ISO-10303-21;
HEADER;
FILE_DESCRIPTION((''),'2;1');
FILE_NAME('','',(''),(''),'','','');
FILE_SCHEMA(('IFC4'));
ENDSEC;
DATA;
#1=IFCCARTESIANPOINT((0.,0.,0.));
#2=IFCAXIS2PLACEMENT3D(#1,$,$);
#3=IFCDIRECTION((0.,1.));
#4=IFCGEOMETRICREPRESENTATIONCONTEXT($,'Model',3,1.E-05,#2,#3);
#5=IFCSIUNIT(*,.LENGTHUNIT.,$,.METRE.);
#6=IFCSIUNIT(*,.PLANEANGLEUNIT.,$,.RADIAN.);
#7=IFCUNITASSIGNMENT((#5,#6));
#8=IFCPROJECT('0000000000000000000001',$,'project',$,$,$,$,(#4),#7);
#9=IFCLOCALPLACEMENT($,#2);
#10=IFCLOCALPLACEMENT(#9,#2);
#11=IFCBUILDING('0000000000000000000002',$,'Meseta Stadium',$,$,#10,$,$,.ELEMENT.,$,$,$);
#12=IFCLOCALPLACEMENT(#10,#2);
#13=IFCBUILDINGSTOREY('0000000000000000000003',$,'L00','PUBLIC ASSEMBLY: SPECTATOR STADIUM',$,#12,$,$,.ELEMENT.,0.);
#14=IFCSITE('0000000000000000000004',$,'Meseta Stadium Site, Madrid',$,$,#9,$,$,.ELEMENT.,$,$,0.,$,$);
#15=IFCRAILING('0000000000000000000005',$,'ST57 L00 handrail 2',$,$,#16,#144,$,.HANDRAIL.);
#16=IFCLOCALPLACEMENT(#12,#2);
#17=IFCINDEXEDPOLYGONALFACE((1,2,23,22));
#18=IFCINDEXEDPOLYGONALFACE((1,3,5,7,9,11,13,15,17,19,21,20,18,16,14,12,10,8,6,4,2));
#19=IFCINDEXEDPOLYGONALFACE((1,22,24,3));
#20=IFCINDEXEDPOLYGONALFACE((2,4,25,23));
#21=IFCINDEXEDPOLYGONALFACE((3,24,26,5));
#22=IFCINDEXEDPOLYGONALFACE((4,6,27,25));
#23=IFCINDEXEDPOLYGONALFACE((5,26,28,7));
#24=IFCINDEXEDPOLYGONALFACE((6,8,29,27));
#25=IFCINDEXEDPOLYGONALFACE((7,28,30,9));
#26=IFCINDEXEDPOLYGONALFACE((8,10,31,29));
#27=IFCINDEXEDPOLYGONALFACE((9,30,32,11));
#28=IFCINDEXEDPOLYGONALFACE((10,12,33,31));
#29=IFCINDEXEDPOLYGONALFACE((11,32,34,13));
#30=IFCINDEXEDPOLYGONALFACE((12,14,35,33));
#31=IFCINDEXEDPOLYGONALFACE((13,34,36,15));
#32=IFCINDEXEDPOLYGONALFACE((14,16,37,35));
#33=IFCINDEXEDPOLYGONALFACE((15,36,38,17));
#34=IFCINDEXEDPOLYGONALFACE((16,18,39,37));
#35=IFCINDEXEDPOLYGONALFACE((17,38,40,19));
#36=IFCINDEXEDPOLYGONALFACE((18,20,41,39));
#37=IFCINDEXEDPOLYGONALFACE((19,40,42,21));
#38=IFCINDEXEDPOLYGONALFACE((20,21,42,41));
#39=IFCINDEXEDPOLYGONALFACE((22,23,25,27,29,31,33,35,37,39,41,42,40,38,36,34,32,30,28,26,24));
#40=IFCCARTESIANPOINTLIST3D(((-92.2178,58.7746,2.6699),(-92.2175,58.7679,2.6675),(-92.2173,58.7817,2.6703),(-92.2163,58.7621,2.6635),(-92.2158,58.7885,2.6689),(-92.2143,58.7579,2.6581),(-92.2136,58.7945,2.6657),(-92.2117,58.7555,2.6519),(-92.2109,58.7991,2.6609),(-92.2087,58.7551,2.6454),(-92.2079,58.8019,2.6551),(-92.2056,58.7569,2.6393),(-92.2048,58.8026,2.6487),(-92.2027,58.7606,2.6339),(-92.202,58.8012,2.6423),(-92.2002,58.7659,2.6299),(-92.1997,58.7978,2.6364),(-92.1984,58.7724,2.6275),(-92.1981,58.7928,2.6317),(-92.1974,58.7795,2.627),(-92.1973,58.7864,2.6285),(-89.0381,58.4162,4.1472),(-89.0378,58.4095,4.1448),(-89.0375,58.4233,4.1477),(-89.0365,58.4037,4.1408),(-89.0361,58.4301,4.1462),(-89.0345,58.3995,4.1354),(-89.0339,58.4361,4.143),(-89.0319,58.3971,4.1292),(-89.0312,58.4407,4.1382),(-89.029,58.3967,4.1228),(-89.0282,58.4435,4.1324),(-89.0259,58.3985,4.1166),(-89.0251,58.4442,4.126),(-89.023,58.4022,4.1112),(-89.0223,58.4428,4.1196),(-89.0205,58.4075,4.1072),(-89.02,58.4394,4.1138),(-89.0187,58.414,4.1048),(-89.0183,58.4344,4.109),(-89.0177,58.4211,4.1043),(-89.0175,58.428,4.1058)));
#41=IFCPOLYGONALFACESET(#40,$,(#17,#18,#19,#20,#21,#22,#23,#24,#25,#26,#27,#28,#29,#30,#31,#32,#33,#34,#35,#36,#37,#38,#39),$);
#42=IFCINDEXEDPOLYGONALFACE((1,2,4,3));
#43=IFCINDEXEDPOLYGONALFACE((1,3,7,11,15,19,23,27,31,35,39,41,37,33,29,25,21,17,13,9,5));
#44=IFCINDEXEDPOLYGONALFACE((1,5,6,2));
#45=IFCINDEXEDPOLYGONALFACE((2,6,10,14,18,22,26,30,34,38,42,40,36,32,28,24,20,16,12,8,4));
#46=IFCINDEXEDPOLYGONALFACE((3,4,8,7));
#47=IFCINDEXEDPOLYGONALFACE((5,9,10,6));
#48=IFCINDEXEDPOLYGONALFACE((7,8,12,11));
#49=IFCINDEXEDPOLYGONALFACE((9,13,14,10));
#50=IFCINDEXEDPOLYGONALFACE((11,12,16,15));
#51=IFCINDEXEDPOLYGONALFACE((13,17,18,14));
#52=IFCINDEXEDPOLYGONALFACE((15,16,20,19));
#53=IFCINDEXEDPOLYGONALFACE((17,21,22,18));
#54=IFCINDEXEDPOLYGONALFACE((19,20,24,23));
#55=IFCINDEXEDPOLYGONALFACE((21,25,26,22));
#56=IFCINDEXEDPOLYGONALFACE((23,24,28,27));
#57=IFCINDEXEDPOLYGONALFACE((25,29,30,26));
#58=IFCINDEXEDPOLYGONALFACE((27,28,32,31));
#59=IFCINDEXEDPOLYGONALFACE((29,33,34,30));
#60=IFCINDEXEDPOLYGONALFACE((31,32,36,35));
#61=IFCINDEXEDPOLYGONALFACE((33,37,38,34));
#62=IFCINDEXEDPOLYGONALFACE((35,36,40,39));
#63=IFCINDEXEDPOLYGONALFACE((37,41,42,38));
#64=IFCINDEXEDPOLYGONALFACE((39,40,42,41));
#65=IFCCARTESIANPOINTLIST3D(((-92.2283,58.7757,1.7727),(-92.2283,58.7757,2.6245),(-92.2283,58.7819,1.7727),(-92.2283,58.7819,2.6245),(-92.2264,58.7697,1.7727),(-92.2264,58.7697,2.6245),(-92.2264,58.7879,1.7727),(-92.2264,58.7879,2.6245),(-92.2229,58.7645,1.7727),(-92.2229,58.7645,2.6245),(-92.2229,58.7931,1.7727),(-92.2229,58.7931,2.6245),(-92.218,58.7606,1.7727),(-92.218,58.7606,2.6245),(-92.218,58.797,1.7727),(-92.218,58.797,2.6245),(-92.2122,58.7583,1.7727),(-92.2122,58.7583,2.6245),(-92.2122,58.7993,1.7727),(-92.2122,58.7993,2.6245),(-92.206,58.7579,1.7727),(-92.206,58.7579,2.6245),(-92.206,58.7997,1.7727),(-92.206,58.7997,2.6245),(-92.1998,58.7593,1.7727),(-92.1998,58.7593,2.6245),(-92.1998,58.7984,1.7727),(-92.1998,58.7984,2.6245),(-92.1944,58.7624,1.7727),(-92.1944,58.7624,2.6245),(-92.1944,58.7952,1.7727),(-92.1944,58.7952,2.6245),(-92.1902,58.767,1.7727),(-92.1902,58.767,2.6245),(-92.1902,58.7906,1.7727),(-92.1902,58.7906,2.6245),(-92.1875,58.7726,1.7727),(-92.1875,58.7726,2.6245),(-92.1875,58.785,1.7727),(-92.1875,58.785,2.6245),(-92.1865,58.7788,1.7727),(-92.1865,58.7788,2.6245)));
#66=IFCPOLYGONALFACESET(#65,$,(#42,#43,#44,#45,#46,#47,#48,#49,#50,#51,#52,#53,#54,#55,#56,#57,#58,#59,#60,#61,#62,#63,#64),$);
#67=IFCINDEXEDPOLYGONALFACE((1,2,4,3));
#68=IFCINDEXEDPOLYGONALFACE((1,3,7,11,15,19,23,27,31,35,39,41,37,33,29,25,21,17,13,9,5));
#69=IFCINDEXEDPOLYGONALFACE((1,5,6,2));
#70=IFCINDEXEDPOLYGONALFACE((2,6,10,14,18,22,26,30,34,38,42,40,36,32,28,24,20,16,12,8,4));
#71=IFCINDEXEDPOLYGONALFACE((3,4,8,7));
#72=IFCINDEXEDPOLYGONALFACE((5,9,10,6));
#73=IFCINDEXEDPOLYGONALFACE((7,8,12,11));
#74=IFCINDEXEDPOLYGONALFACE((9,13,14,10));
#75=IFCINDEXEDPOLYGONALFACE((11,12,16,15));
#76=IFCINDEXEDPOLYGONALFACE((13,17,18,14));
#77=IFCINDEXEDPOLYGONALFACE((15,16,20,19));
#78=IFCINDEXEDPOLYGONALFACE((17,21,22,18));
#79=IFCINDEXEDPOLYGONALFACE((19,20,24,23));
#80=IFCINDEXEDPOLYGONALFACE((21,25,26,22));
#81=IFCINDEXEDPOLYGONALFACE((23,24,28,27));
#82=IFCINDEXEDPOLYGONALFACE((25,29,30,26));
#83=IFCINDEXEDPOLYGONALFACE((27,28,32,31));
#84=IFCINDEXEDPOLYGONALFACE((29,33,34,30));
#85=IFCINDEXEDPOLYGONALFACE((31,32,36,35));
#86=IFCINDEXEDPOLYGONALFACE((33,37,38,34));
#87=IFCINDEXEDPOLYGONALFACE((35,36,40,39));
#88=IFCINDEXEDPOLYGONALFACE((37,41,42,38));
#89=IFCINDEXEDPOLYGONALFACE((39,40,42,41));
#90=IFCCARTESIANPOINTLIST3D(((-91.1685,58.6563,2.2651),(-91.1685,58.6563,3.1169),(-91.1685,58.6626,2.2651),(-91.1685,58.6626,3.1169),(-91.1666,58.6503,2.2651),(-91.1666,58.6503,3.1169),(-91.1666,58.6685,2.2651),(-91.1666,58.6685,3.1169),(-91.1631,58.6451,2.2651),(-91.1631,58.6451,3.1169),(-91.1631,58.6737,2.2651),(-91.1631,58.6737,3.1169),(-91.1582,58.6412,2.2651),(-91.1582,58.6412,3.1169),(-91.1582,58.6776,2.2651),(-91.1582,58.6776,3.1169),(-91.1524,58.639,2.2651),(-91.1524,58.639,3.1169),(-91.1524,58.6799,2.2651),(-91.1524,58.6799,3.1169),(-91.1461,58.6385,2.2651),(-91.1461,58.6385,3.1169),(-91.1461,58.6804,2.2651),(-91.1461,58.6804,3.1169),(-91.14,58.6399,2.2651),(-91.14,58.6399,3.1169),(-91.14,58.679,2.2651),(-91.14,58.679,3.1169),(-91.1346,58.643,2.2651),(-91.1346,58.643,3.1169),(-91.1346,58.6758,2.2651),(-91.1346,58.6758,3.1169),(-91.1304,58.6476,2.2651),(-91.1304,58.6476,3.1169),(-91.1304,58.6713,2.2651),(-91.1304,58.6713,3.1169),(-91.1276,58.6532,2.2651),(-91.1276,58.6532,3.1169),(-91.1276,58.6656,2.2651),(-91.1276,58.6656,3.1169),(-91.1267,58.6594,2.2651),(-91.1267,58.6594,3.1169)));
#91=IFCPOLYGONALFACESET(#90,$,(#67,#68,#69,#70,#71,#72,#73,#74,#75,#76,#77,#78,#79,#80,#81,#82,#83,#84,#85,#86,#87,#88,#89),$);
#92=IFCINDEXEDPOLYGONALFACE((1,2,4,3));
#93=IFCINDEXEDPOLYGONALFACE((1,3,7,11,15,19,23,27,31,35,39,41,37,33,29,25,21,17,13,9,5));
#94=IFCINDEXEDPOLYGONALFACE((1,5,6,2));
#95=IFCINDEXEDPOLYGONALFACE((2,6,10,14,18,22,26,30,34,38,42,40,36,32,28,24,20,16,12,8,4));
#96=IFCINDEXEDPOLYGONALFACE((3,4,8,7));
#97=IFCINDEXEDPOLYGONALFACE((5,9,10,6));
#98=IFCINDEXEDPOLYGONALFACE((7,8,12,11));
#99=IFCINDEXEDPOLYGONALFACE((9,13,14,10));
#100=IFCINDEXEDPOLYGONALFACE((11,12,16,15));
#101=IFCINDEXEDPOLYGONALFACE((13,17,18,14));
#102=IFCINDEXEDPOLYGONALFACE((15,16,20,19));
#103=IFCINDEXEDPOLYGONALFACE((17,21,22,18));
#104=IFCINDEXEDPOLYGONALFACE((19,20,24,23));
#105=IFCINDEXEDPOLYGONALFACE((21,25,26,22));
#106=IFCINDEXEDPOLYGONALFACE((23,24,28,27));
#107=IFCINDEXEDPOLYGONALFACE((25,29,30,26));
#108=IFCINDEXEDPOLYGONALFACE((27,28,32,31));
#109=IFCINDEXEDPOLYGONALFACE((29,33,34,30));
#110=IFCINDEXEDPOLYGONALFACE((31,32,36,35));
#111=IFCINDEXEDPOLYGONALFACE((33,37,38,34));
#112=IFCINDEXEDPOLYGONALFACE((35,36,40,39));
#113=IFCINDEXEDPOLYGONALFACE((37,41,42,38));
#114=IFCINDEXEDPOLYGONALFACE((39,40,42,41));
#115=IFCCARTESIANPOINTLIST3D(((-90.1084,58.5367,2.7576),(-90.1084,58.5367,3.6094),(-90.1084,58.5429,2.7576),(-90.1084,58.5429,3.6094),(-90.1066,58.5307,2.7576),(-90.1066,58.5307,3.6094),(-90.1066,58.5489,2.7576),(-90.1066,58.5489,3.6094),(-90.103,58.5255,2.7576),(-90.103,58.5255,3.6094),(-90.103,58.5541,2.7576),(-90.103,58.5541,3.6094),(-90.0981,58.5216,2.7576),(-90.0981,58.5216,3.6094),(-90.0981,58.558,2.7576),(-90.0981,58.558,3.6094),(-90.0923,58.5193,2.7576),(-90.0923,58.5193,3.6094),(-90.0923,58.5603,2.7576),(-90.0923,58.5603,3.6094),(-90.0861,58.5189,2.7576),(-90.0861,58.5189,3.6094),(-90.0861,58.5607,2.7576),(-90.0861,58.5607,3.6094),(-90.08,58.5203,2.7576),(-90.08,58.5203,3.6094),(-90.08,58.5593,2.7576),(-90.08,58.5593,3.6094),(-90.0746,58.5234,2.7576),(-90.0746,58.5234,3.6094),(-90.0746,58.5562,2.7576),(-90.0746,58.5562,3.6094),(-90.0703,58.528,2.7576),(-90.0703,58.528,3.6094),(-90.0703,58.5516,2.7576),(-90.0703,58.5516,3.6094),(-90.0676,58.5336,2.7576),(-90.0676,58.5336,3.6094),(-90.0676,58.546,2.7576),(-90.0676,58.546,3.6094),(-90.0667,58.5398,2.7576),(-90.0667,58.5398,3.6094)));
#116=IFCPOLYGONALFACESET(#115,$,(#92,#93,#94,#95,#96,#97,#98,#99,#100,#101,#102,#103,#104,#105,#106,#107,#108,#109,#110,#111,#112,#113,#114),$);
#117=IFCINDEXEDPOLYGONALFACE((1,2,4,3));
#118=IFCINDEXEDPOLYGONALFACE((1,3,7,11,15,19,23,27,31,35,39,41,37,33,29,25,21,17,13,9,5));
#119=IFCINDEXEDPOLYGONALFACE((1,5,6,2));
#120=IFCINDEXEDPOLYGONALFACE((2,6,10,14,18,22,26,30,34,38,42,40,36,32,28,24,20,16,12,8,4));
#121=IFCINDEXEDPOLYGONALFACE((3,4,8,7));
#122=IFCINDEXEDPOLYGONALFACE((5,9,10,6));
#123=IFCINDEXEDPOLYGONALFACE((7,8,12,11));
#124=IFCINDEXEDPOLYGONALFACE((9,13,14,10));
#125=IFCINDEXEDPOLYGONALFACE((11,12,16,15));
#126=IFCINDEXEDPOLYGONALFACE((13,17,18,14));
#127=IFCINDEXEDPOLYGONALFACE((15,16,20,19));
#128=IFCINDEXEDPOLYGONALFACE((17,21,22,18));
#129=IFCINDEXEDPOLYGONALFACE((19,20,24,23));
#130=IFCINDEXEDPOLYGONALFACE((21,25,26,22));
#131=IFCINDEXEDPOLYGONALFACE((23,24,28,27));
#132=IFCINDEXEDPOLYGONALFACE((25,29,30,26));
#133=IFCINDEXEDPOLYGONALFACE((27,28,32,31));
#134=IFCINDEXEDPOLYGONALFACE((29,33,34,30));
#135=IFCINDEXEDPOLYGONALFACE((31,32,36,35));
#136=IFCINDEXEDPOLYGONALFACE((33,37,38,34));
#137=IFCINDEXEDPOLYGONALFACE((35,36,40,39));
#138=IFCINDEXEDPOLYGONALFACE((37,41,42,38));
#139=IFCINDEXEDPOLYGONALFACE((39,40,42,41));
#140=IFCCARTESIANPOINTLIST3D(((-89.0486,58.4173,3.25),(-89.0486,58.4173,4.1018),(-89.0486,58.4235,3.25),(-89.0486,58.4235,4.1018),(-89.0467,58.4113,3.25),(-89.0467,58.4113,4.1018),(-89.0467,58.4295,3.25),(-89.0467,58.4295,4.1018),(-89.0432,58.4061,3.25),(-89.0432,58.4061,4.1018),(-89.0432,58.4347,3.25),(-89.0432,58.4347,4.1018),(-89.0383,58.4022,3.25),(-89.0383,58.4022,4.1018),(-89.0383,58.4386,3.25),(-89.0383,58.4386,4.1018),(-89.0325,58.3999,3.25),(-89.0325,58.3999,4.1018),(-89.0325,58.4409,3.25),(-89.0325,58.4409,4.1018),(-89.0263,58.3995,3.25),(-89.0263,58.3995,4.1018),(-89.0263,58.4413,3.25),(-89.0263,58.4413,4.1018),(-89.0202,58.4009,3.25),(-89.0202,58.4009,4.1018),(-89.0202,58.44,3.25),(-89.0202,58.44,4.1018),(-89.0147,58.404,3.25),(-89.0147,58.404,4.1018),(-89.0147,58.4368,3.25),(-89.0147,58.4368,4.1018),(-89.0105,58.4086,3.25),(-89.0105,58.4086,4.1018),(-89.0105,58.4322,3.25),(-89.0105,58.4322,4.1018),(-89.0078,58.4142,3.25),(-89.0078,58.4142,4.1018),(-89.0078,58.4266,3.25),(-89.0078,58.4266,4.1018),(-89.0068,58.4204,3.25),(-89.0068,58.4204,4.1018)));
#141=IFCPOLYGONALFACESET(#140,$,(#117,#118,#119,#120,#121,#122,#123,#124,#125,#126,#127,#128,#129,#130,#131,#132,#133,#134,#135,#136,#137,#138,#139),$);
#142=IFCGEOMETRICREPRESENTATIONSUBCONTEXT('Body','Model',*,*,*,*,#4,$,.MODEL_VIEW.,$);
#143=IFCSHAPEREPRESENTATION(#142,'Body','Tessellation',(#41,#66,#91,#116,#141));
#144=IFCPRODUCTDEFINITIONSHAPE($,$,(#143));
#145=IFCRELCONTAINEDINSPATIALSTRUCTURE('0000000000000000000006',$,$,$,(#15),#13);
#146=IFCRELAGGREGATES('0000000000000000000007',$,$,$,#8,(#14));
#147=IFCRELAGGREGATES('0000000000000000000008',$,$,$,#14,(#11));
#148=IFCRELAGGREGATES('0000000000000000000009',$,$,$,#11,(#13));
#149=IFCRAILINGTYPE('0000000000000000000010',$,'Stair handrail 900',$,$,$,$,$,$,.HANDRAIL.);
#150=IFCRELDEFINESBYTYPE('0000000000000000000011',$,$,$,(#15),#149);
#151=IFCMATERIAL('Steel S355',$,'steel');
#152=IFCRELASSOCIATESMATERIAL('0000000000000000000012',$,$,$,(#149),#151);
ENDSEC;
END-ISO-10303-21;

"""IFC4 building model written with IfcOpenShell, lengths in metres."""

from ifc_helpers import new_model, si_unit, direction, frame, origin, origin_2d, place, context, subcontext, project, spatial, circle, extrude, material, type_object, element, save


model = new_model("IFC4")

# Units and contexts
model_context = context("Model", 3, precision=1e-05, world=origin(), true_north=direction((0.0, 1.0)))
body_context = subcontext(model_context, "Body", "Model", "MODEL_VIEW")
ifc_project = project(units=[si_unit("LENGTHUNIT", "METRE"), si_unit("PLANEANGLEUNIT", "RADIAN")], contexts=[model_context])

# Site, building, storey
site_placement = place(None, origin())
site = spatial("IfcSite", under=ifc_project, at=site_placement, Name="Meseta Stadium Site, Madrid", CompositionType="ELEMENT", RefElevation=0.0)
building_placement = place(site_placement, origin())
building = spatial("IfcBuilding", under=site, at=building_placement, Name="Meseta Stadium", CompositionType="ELEMENT")
storey_placement = place(building_placement, origin())
storey = spatial("IfcBuildingStorey", under=building, at=storey_placement, Name="L00", Description="PUBLIC ASSEMBLY: SPECTATOR STADIUM", CompositionType="ELEMENT", Elevation=0.0)

# Railing
ifc_material_1 = material(Name="Steel S355", Category="steel")
railing_type_1 = type_object("IfcRailingType", Name="Stair handrail 900", PredefinedType="HANDRAIL", material=ifc_material_1)
for number, where, name in (
    (1, (-92.2075, 58.7788, 1.7727), "ST57 L00 handrail 2"),
):
    element("IfcRailing", number, at=place(storey_placement, frame(where)), inside=storey, type_object=railing_type_1, Name=name, PredefinedType="HANDRAIL", context=body_context, shape_type="SweptSolid", body=[
        extrude(circle(Radius=0.0239, at=origin_2d()), frame((0.0, 0.0, 0.876), z_axis=(0.902197, -0.101691, 0.419164), x_axis=(0.112006, 0.993708, 0.0)), (0.0, 0.0, 1.0), 3.5244),
        extrude(circle(Radius=0.021, at=origin_2d()), origin(), (0.0, 0.0, 1.0), 0.8518),
        extrude(circle(Radius=0.021, at=origin_2d()), frame((1.0598, -0.1194, 0.4924)), (0.0, 0.0, 1.0), 0.8518),
        extrude(circle(Radius=0.021, at=origin_2d()), frame((2.1199, -0.239, 0.9849)), (0.0, 0.0, 1.0), 0.8518),
        extrude(circle(Radius=0.021, at=origin_2d()), frame((3.1797, -0.3584, 1.4773)), (0.0, 0.0, 1.0), 0.8518),
    ])

save(model, "model.ifc")
